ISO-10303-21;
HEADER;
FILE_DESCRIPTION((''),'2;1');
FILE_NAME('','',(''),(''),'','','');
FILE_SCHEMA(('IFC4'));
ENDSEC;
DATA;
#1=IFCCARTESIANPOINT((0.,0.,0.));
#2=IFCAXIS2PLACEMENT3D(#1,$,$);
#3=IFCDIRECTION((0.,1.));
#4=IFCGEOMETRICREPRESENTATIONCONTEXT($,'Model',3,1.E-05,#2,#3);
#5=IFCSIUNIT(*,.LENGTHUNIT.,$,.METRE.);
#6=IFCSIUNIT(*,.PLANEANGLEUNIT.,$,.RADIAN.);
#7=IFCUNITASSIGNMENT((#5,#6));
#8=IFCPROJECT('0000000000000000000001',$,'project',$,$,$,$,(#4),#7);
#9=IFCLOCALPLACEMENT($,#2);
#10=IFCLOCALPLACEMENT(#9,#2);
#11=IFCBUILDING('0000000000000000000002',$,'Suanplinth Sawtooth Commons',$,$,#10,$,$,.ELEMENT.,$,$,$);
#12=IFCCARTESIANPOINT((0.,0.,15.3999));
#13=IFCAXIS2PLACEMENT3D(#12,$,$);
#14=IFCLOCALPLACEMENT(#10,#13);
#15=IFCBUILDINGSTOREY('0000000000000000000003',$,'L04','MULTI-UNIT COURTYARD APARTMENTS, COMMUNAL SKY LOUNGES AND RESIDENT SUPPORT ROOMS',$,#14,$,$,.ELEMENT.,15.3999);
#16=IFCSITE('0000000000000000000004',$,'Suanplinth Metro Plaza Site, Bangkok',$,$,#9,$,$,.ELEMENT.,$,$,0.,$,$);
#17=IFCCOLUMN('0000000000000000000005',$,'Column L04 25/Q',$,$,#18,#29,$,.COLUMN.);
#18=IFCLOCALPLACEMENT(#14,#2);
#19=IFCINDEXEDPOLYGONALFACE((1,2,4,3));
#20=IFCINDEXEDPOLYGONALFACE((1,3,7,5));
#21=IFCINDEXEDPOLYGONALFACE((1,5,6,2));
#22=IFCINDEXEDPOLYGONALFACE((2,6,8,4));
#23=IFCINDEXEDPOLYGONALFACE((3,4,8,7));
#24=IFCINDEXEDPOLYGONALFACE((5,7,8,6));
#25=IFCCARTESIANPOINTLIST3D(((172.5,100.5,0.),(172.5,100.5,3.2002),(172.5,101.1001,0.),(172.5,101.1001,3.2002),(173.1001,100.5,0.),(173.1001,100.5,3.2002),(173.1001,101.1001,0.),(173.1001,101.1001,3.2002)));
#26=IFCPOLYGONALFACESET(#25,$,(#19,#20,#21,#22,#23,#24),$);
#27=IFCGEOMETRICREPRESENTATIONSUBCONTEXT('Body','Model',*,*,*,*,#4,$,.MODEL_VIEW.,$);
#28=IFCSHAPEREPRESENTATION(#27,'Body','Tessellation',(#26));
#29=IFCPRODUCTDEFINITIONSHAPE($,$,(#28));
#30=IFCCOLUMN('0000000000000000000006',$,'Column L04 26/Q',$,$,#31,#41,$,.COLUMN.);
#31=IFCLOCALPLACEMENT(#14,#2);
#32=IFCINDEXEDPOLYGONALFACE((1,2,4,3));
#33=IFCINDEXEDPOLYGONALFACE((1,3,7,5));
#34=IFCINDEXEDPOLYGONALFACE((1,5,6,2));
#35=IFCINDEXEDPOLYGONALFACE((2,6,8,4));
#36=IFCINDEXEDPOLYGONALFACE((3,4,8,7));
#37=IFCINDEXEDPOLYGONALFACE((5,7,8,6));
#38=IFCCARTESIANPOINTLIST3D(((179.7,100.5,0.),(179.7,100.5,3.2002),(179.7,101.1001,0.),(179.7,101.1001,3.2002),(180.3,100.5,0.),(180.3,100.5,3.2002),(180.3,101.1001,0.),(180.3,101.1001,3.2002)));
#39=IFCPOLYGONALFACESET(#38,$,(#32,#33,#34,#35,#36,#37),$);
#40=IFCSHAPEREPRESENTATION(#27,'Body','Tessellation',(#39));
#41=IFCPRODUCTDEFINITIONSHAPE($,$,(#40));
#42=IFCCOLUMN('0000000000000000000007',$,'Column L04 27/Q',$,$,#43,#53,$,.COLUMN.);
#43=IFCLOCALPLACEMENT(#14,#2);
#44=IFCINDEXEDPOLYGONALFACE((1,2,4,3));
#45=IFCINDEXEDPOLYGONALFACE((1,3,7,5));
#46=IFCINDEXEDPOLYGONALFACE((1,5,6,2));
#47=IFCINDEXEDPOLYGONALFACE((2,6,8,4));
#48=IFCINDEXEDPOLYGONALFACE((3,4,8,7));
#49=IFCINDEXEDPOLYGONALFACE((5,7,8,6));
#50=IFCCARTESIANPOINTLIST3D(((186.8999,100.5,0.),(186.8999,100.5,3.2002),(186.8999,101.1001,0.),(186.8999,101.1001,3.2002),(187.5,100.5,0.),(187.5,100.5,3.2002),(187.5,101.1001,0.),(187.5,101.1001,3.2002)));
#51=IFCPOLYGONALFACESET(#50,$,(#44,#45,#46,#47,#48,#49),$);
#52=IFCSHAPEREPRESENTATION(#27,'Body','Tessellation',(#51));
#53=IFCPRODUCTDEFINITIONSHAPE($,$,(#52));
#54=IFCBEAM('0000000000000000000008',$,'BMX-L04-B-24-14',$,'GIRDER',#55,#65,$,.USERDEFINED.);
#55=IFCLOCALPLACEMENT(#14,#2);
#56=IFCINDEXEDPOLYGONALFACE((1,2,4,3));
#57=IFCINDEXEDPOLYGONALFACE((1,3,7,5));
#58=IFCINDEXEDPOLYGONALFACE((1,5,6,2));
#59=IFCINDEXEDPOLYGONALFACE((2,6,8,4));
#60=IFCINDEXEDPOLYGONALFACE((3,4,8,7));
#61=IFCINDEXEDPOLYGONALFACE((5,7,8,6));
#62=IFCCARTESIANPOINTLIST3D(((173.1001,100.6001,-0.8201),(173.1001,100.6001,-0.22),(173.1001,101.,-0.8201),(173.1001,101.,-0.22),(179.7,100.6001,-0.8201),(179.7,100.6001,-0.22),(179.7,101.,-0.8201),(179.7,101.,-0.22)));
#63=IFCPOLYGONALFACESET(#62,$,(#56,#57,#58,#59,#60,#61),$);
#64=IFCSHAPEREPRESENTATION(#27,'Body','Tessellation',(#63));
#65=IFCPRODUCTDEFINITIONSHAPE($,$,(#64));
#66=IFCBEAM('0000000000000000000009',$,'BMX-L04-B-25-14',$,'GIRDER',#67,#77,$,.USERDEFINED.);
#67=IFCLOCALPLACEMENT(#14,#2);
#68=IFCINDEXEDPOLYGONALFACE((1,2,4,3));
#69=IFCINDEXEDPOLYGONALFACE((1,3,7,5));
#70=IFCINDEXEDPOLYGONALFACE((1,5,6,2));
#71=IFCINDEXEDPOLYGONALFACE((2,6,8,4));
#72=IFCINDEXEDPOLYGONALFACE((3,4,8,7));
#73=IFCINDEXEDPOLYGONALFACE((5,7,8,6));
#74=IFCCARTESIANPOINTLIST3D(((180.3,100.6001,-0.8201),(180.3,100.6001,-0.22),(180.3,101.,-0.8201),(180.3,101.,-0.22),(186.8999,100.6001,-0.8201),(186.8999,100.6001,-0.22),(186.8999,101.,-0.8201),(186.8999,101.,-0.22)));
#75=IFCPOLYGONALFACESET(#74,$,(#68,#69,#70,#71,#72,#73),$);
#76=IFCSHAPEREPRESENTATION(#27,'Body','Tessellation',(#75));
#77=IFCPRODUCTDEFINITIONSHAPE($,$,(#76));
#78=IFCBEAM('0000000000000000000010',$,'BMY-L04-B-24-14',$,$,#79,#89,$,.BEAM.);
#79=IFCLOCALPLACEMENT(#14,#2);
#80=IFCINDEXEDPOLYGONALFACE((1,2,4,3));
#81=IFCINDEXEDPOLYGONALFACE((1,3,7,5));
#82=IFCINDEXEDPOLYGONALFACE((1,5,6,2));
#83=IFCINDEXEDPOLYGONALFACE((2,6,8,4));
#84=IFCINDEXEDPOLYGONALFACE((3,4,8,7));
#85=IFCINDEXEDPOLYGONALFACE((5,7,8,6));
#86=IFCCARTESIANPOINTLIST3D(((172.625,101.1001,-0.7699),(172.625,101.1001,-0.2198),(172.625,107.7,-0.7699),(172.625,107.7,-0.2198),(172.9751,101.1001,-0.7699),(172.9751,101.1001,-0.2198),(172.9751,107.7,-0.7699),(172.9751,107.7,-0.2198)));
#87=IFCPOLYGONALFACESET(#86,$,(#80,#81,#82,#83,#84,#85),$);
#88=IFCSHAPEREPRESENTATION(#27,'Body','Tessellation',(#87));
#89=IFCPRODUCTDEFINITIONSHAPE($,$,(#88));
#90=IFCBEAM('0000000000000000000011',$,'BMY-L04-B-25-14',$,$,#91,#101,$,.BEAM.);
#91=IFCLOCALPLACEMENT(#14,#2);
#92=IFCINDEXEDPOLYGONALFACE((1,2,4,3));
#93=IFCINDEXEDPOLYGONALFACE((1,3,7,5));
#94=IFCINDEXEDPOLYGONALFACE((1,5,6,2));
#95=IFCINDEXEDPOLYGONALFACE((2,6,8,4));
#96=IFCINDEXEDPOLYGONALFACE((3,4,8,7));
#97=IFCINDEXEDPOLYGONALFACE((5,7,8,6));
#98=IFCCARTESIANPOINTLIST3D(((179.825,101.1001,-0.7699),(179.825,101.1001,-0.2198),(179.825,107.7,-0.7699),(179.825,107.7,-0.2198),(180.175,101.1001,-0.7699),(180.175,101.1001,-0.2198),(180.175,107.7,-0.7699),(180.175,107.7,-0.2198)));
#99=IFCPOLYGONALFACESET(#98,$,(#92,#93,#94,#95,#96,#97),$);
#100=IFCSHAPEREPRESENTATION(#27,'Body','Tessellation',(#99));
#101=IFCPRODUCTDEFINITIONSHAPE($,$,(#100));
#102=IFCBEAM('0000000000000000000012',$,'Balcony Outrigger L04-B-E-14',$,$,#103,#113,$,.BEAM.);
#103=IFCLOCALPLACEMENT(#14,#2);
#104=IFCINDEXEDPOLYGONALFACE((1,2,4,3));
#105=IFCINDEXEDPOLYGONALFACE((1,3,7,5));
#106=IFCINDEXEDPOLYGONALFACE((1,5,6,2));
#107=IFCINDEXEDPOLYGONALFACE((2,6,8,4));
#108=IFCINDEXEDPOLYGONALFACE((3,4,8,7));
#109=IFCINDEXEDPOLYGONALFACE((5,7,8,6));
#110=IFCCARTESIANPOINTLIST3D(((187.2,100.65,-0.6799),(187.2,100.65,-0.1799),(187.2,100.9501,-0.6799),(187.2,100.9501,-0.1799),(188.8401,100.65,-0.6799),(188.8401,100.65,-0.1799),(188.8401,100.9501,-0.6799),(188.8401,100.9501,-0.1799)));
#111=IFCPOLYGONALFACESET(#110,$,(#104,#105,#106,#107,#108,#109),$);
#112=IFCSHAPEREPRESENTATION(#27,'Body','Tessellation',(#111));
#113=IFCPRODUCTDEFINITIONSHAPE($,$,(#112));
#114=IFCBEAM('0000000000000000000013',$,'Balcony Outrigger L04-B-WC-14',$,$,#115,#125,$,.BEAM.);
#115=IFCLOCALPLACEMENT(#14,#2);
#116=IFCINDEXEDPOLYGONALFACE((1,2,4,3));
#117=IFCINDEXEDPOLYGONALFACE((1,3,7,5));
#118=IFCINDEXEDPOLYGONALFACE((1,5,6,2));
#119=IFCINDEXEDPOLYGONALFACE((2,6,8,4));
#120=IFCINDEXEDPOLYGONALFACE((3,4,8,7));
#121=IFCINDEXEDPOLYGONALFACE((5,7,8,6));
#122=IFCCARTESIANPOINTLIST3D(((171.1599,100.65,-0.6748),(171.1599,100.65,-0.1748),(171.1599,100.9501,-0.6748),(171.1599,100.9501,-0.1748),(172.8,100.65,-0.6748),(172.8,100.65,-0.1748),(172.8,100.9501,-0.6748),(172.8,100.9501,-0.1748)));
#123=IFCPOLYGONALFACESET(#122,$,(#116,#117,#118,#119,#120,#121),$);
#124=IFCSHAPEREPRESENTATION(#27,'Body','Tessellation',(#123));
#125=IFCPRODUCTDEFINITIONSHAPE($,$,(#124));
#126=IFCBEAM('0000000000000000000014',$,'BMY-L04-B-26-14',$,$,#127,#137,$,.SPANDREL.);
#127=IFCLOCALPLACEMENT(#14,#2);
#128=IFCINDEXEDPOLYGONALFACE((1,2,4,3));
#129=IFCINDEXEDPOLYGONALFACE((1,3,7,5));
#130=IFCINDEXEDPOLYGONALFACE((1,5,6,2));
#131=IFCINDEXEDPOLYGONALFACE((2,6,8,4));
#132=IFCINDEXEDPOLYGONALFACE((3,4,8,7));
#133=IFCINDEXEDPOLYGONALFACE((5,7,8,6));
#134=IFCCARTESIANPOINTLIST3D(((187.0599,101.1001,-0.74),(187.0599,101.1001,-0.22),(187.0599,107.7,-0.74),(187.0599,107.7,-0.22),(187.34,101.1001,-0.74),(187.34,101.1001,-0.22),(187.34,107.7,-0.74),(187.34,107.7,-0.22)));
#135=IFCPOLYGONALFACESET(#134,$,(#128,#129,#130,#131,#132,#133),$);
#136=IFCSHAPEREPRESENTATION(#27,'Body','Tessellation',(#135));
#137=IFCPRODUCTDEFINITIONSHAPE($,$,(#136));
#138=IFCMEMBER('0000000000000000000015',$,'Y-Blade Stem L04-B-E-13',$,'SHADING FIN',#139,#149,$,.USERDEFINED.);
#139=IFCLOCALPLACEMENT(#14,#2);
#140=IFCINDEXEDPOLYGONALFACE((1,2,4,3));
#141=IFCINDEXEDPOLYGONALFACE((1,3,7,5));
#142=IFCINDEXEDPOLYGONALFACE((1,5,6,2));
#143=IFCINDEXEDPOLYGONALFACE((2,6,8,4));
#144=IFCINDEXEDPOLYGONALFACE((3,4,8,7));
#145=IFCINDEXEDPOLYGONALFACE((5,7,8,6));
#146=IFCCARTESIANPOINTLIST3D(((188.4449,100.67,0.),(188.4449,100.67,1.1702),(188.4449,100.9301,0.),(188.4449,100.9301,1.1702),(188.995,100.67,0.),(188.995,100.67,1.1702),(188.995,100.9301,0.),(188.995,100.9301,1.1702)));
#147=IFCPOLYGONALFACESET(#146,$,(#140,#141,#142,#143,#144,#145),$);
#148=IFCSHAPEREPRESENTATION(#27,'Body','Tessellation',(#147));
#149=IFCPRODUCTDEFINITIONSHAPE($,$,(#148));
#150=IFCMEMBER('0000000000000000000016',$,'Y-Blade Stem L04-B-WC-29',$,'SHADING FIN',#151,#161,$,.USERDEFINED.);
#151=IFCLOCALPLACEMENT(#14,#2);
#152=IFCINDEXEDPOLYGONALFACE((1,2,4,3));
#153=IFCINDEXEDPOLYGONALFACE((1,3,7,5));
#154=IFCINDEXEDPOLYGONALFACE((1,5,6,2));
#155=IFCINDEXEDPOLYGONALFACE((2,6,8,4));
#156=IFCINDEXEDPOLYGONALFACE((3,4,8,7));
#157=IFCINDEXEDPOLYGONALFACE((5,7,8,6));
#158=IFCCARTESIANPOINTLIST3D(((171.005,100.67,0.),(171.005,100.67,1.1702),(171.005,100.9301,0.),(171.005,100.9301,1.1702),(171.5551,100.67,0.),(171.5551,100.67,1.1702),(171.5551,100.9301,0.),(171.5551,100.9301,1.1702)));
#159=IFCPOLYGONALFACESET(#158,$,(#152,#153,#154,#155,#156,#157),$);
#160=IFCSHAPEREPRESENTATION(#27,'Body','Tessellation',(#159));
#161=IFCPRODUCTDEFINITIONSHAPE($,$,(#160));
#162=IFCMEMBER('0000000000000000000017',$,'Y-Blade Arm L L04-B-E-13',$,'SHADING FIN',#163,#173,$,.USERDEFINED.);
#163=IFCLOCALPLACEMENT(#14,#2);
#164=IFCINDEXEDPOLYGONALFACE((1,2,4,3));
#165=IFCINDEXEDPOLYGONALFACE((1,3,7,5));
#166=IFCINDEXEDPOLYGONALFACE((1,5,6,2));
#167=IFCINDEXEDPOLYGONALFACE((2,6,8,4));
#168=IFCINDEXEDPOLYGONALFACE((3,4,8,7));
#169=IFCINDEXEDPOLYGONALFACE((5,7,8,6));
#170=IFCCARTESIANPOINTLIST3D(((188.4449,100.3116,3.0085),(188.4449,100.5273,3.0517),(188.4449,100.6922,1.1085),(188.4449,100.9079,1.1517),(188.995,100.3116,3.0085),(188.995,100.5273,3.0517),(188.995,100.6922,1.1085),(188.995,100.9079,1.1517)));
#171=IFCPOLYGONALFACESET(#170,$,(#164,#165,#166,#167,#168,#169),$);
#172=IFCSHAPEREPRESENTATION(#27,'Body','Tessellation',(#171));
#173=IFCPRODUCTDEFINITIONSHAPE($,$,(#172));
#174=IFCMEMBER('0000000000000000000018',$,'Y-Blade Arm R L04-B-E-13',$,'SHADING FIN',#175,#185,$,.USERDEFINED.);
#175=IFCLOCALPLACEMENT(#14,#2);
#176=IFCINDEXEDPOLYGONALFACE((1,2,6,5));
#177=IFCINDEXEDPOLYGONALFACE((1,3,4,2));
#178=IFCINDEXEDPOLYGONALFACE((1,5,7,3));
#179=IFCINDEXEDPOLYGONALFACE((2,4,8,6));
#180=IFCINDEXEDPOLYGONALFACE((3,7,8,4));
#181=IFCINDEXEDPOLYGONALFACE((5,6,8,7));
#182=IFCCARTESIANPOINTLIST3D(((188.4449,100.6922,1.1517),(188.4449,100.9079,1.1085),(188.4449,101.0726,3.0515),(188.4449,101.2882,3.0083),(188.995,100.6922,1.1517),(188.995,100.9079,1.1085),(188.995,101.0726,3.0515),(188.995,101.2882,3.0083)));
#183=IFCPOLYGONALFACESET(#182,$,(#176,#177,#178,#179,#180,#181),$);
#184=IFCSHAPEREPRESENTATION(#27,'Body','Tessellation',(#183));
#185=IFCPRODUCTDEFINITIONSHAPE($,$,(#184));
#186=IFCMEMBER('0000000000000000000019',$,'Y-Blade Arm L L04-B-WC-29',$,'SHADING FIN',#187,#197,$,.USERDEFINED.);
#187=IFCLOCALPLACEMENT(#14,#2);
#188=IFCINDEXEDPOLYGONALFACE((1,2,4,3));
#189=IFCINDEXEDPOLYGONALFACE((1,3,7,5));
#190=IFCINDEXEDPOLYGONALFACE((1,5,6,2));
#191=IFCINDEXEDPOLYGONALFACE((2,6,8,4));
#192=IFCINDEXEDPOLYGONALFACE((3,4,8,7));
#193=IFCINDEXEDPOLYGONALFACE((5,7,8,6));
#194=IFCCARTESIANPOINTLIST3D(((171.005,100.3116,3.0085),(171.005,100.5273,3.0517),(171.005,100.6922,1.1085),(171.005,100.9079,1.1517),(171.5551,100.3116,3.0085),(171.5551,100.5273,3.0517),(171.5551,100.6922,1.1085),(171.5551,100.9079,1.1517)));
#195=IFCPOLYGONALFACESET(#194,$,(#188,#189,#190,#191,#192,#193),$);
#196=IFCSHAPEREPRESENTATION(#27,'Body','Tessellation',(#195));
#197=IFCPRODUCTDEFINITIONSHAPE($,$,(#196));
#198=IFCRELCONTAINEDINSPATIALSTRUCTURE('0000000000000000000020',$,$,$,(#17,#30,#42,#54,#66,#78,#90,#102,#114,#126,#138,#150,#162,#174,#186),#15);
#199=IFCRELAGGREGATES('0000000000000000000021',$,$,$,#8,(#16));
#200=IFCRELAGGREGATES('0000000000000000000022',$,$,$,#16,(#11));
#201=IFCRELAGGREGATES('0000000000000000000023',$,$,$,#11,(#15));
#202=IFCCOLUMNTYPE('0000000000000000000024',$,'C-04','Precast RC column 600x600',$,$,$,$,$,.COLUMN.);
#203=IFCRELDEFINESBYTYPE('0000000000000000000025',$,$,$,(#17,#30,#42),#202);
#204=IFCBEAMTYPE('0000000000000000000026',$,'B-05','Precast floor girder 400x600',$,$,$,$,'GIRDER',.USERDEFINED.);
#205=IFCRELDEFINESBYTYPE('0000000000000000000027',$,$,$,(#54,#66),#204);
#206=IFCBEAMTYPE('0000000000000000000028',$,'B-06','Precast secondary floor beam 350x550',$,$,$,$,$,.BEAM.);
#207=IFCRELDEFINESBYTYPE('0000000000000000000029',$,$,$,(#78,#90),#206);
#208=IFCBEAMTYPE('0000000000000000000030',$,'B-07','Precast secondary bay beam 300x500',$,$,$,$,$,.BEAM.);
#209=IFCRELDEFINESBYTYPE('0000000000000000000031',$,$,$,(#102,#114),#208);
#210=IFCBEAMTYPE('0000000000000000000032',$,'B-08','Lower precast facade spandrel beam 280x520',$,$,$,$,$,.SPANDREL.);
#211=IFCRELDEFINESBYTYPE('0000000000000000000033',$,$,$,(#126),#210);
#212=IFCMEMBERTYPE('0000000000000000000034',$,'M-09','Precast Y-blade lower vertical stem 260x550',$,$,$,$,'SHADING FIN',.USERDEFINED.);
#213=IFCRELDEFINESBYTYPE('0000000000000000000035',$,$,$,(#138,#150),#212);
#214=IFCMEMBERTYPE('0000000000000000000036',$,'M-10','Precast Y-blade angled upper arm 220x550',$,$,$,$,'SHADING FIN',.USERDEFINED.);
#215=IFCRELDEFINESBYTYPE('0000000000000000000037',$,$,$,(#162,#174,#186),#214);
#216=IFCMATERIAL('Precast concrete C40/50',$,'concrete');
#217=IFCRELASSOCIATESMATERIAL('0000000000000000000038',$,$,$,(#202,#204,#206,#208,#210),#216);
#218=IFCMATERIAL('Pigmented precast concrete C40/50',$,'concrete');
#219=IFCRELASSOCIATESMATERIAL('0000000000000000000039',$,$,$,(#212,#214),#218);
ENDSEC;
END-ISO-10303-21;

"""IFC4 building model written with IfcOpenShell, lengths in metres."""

from ifc_helpers import new_model, si_unit, direction, frame, origin, origin_2d, place, context, subcontext, project, spatial, rectangle, extrude, material, material_profile, profile_set, type_object, element, save


model = new_model("IFC4")

# Units and contexts
model_context = context("Model", 3, precision=1e-05, world=origin(), true_north=direction((0.0, 1.0)))
body_context = subcontext(model_context, "Body", "Model", "MODEL_VIEW")
ifc_project = project(units=[si_unit("LENGTHUNIT", "METRE"), si_unit("PLANEANGLEUNIT", "RADIAN")], contexts=[model_context])

# Site, building, storey
site_placement = place(None, origin())
site = spatial("IfcSite", under=ifc_project, at=site_placement, Name="Suanplinth Metro Plaza Site, Bangkok", CompositionType="ELEMENT", RefElevation=0.0)
building_placement = place(site_placement, origin())
building = spatial("IfcBuilding", under=site, at=building_placement, Name="Suanplinth Sawtooth Commons", CompositionType="ELEMENT")
storey_placement = place(building_placement, frame((0.0, 0.0, 15.3999)))
storey = spatial("IfcBuildingStorey", under=building, at=storey_placement, Name="L04", Description="MULTI-UNIT COURTYARD APARTMENTS, COMMUNAL SKY LOUNGES AND RESIDENT SUPPORT ROOMS", CompositionType="ELEMENT", Elevation=15.3999)

# Columns
ifc_material_1 = material(Name="Precast concrete C40/50", Category="concrete")
ifc_material_profile_1 = material_profile(ifc_material_1, rectangle(XDim=0.6001, YDim=0.6001, at=origin_2d()), Name="PC-COL 600x600")
ifc_profile_set_1 = profile_set([ifc_material_profile_1], Name="Precast concrete C40/50")
column_type = type_object("IfcColumnType", Name="C-04", Description="Precast RC column 600x600", PredefinedType="COLUMN", material=ifc_profile_set_1)
for number, where, z_axis, x_axis, name in (
    (1, (172.8, 100.8, 0.0), (0.0, 0.0, 1.0), (1.0, 0.0, 0.0), "Column L04 25/Q"),
    (2, (180.0, 100.8, 0.0), (0.0, 0.0, 1.0), (1.0, 0.0, 0.0), "Column L04 26/Q"),
    (3, (187.2, 100.8, 0.0), (0.0, 0.0, 1.0), (1.0, 0.0, 0.0), "Column L04 27/Q"),
):
    element("IfcColumn", number, at=place(storey_placement, frame(where, z_axis=z_axis, x_axis=x_axis)), inside=storey, type_object=column_type, Name=name, PredefinedType="COLUMN", context=body_context, shape_type="SweptSolid", body=[
        extrude(rectangle(XDim=0.6001, YDim=0.6001, at=origin_2d()), origin(), (0.0, 0.0, 1.0), 3.2002),
    ])

# Beams
ifc_material_profile_2 = material_profile(ifc_material_1, rectangle(XDim=0.3999, YDim=0.6001, at=origin_2d()), Name="PC-GDR 400x600")
ifc_profile_set_2 = profile_set([ifc_material_profile_2], Name="Precast concrete C40/50")
beam_type_1 = type_object("IfcBeamType", Name="B-05", Description="Precast floor girder 400x600", ElementType="GIRDER", PredefinedType="USERDEFINED", material=ifc_profile_set_2)
for number, where, z_axis, x_axis, name in (
    (4, (173.1001, 100.8, -0.52), (1.0, 0.0, 0.0), (0.0, 1.0, 0.0), "BMX-L04-B-24-14"),
    (5, (180.3, 100.8, -0.52), (1.0, 0.0, 0.0), (0.0, 1.0, 0.0), "BMX-L04-B-25-14"),
):
    element("IfcBeam", number, at=place(storey_placement, frame(where, z_axis=z_axis, x_axis=x_axis)), inside=storey, type_object=beam_type_1, Name=name, ObjectType="GIRDER", PredefinedType="USERDEFINED", context=body_context, shape_type="SweptSolid", body=[
        extrude(rectangle(XDim=0.3999, YDim=0.6001, at=origin_2d()), origin(), (0.0, 0.0, 1.0), 6.5999),
    ])
ifc_material_profile_3 = material_profile(ifc_material_1, rectangle(XDim=0.3501, YDim=0.55, at=origin_2d()), Name="PC-BM 350x550")
ifc_profile_set_3 = profile_set([ifc_material_profile_3], Name="Precast concrete C40/50")
beam_type_2 = type_object("IfcBeamType", Name="B-06", Description="Precast secondary floor beam 350x550", PredefinedType="BEAM", material=ifc_profile_set_3)
for number, where, z_axis, x_axis, name in (
    (6, (172.8, 101.1001, -0.4949), (0.0, 1.0, 0.0), (-1.0, 0.0, 0.0), "BMY-L04-B-24-14"),
    (7, (180.0, 101.1001, -0.4949), (0.0, 1.0, 0.0), (-1.0, 0.0, 0.0), "BMY-L04-B-25-14"),
):
    element("IfcBeam", number, at=place(storey_placement, frame(where, z_axis=z_axis, x_axis=x_axis)), inside=storey, type_object=beam_type_2, Name=name, PredefinedType="BEAM", context=body_context, shape_type="SweptSolid", body=[
        extrude(rectangle(XDim=0.3501, YDim=0.55, at=origin_2d()), origin(), (0.0, 0.0, 1.0), 6.5999),
    ])
ifc_material_profile_4 = material_profile(ifc_material_1, rectangle(XDim=0.3, YDim=0.5, at=origin_2d()), Name="PC-BM 300x500")
ifc_profile_set_4 = profile_set([ifc_material_profile_4], Name="Precast concrete C40/50")
beam_type_3 = type_object("IfcBeamType", Name="B-07", Description="Precast secondary bay beam 300x500", PredefinedType="BEAM", material=ifc_profile_set_4)
for number, where, z_axis, x_axis, name in (
    (8, (187.2, 100.8, -0.4299), (1.0, 0.0, 0.0), (0.0, 1.0, 0.0), "Balcony Outrigger L04-B-E-14"),
    (9, (172.8, 100.8, -0.4248), (-1.0, 0.0, 0.0), (0.0, -1.0, 0.0), "Balcony Outrigger L04-B-WC-14"),
):
    element("IfcBeam", number, at=place(storey_placement, frame(where, z_axis=z_axis, x_axis=x_axis)), inside=storey, type_object=beam_type_3, Name=name, PredefinedType="BEAM", context=body_context, shape_type="SweptSolid", body=[
        extrude(rectangle(XDim=0.3, YDim=0.5, at=origin_2d()), origin(), (0.0, 0.0, 1.0), 1.6401),
    ])
ifc_material_profile_5 = material_profile(ifc_material_1, rectangle(XDim=0.28, YDim=0.52, at=origin_2d()), Name="PC-SP 280x520")
ifc_profile_set_5 = profile_set([ifc_material_profile_5], Name="Precast concrete C40/50")
beam_type_4 = type_object("IfcBeamType", Name="B-08", Description="Lower precast facade spandrel beam 280x520", PredefinedType="SPANDREL", material=ifc_profile_set_5)
beam_placement = place(storey_placement, frame((187.2, 101.1001, -0.48), z_axis=(0.0, 1.0, 0.0), x_axis=(-1.0, 0.0, 0.0)))
element("IfcBeam", 10, at=beam_placement, inside=storey, type_object=beam_type_4, Name="BMY-L04-B-26-14", PredefinedType="SPANDREL", context=body_context, shape_type="SweptSolid", body=[
    extrude(rectangle(XDim=0.28, YDim=0.52, at=origin_2d()), origin(), (0.0, 0.0, 1.0), 6.5999),
])

# Members
ifc_material_2 = material(Name="Pigmented precast concrete C40/50", Category="concrete")
ifc_material_profile_6 = material_profile(ifc_material_2, rectangle(XDim=0.26, YDim=0.55, at=origin_2d()), Name="PC-FIN 260x550")
ifc_profile_set_6 = profile_set([ifc_material_profile_6], Name="Pigmented precast concrete C40/50")
member_type_1 = type_object("IfcMemberType", Name="M-09", Description="Precast Y-blade lower vertical stem 260x550", ElementType="SHADING FIN", PredefinedType="USERDEFINED", material=ifc_profile_set_6)
for number, where, z_axis, x_axis, name in (
    (11, (188.72, 100.8, 0.0), (0.0, 0.0, 1.0), (0.0, 1.0, 0.0), "Y-Blade Stem L04-B-E-13"),
    (12, (171.28, 100.8, 0.0), (0.0, 0.0, 1.0), (0.0, 1.0, 0.0), "Y-Blade Stem L04-B-WC-29"),
):
    element("IfcMember", number, at=place(storey_placement, frame(where, z_axis=z_axis, x_axis=x_axis)), inside=storey, type_object=member_type_1, Name=name, ObjectType="SHADING FIN", PredefinedType="USERDEFINED", context=body_context, shape_type="SweptSolid", body=[
        extrude(rectangle(XDim=0.26, YDim=0.55, at=origin_2d()), origin(), (0.0, 0.0, 1.0), 1.1702),
    ])
ifc_material_profile_7 = material_profile(ifc_material_2, rectangle(XDim=0.22, YDim=0.55, at=origin_2d()), Name="PC-FIN 220x550")
ifc_profile_set_7 = profile_set([ifc_material_profile_7], Name="Pigmented precast concrete C40/50")
member_type_2 = type_object("IfcMemberType", Name="M-10", Description="Precast Y-blade angled upper arm 220x550", ElementType="SHADING FIN", PredefinedType="USERDEFINED", material=ifc_profile_set_7)
member_1_placement = place(storey_placement, frame((188.72, 100.8, 1.1301), z_axis=(0.0, -0.196431, 0.980518), x_axis=(0.0, 0.980518, 0.196431)))
element("IfcMember", 13, at=member_1_placement, inside=storey, type_object=member_type_2, Name="Y-Blade Arm L L04-B-E-13", ObjectType="SHADING FIN", PredefinedType="USERDEFINED", context=body_context, shape_type="SweptSolid", body=[
    extrude(rectangle(XDim=0.22, YDim=0.55, at=origin_2d()), origin(), (0.0, 0.0, 1.0), 1.9377),
])
member_2_placement = place(storey_placement, frame((188.72, 100.8, 1.1301), z_axis=(0.0, 0.19631, 0.980542), x_axis=(0.0, -0.980542, 0.19631)))
element("IfcMember", 14, at=member_2_placement, inside=storey, type_object=member_type_2, Name="Y-Blade Arm R L04-B-E-13", ObjectType="SHADING FIN", PredefinedType="USERDEFINED", context=body_context, shape_type="SweptSolid", body=[
    extrude(rectangle(XDim=0.22, YDim=0.55, at=origin_2d()), origin(), (0.0, 0.0, 1.0), 1.9375),
])
member_3_placement = place(storey_placement, frame((171.28, 100.8, 1.1301), z_axis=(0.0, -0.196431, 0.980518), x_axis=(0.0, 0.980518, 0.196431)))
element("IfcMember", 15, at=member_3_placement, inside=storey, type_object=member_type_2, Name="Y-Blade Arm L L04-B-WC-29", ObjectType="SHADING FIN", PredefinedType="USERDEFINED", context=body_context, shape_type="SweptSolid", body=[
    extrude(rectangle(XDim=0.22, YDim=0.55, at=origin_2d()), origin(), (0.0, 0.0, 1.0), 1.9377),
])

save(model, "model.ifc")
